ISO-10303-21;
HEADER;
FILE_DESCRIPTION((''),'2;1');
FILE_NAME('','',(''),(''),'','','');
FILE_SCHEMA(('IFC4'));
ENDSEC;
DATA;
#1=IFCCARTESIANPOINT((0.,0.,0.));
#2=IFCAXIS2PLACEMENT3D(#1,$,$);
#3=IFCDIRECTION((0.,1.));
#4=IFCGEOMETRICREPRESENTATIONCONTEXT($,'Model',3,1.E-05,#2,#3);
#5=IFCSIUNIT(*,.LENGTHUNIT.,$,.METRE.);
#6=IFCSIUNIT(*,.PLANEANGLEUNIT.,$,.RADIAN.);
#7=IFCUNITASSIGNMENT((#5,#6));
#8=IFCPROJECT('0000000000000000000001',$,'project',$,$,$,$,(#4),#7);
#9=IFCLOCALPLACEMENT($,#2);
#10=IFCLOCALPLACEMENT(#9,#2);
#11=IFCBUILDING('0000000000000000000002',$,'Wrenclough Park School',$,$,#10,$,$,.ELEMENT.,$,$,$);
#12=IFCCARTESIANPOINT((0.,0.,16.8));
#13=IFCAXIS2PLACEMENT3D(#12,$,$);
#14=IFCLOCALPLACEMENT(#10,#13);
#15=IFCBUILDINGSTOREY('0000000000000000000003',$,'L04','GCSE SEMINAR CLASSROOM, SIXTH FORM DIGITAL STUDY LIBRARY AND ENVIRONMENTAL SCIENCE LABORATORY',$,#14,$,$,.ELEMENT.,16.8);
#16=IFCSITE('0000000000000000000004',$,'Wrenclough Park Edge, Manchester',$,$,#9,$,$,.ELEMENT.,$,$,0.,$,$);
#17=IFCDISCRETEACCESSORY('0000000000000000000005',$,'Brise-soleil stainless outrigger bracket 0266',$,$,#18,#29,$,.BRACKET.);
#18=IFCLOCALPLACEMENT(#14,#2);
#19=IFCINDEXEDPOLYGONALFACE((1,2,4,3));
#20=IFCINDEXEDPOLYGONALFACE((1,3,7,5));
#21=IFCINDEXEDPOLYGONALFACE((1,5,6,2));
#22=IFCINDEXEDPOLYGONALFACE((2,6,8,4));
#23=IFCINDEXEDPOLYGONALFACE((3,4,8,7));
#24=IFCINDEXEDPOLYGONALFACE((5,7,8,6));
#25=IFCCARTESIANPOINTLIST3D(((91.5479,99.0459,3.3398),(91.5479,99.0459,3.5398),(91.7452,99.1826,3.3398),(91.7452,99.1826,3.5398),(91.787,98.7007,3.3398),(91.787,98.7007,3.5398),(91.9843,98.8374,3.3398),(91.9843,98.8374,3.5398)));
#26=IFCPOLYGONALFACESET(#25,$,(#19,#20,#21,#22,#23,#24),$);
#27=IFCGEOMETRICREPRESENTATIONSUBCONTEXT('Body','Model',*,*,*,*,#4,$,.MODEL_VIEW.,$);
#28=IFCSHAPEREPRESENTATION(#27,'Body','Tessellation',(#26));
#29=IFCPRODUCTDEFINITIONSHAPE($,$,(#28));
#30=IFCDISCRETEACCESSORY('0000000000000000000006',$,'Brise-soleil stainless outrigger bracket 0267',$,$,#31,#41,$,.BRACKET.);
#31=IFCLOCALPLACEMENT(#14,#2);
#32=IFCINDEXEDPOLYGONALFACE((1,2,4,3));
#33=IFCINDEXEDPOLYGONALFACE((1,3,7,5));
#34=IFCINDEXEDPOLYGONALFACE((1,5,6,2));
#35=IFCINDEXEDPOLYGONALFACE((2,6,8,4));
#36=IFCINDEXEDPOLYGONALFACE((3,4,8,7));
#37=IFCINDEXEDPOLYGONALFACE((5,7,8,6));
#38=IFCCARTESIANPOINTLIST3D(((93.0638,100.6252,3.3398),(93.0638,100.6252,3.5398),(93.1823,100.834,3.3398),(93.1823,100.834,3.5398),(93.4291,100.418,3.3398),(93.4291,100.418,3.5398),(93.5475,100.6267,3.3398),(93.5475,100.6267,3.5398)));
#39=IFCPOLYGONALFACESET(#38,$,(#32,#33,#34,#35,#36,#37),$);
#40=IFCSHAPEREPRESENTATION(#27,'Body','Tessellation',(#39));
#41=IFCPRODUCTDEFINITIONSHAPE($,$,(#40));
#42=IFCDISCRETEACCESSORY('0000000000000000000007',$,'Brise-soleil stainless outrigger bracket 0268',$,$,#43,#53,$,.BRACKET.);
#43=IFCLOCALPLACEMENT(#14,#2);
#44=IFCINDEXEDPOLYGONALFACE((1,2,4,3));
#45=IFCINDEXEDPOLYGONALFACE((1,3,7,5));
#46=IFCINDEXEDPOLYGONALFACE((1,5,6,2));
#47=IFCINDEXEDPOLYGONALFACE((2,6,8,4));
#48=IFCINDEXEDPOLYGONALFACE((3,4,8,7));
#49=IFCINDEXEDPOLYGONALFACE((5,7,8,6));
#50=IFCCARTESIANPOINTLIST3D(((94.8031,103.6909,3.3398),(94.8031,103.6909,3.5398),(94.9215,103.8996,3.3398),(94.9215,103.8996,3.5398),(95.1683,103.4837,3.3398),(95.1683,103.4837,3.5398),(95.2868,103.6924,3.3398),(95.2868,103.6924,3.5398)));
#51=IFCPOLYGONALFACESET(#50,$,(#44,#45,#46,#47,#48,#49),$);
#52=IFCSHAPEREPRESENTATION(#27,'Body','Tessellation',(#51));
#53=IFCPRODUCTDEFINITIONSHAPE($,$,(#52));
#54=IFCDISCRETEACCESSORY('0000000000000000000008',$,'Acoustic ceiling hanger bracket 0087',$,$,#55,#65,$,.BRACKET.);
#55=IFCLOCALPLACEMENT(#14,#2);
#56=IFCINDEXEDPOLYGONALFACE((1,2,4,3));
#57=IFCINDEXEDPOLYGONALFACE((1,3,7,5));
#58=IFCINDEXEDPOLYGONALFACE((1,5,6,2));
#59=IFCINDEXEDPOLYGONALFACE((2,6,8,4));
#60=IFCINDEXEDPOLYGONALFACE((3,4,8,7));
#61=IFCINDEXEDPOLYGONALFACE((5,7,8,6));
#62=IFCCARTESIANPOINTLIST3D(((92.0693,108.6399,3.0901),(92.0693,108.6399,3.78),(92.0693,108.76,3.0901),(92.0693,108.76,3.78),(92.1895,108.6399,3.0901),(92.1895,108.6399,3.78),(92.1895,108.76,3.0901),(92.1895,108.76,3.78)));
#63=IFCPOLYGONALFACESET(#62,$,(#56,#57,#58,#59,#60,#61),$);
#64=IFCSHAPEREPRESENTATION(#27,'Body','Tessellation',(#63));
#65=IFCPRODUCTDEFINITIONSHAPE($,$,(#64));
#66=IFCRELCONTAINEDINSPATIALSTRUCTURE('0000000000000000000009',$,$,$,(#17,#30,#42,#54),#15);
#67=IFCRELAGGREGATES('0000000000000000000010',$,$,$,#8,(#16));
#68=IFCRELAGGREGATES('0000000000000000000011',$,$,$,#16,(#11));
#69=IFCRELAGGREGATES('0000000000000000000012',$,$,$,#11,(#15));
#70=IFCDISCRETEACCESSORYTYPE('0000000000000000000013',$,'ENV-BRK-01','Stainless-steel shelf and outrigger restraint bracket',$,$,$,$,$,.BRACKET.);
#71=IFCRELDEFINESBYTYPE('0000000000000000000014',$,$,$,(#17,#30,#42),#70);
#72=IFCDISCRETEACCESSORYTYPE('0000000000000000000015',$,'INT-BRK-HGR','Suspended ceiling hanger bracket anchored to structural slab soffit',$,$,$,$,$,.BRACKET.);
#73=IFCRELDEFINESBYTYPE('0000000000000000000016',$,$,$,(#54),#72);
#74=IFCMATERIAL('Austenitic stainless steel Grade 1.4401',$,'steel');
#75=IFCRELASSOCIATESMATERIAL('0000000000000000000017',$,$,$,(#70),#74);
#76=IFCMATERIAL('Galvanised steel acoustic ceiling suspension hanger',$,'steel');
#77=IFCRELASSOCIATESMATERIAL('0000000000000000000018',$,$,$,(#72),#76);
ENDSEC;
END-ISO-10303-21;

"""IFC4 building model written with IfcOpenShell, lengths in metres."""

from ifc_helpers import new_model, si_unit, direction, frame, origin, origin_2d, place, context, subcontext, project, spatial, rectangle, extrude, material, type_object, element, save


model = new_model("IFC4")

# Units and contexts
model_context = context("Model", 3, precision=1e-05, world=origin(), true_north=direction((0.0, 1.0)))
body_context = subcontext(model_context, "Body", "Model", "MODEL_VIEW")
ifc_project = project(units=[si_unit("LENGTHUNIT", "METRE"), si_unit("PLANEANGLEUNIT", "RADIAN")], contexts=[model_context])

# Site, building, storey
site_placement = place(None, origin())
site = spatial("IfcSite", under=ifc_project, at=site_placement, Name="Wrenclough Park Edge, Manchester", CompositionType="ELEMENT", RefElevation=0.0)
building_placement = place(site_placement, origin())
building = spatial("IfcBuilding", under=site, at=building_placement, Name="Wrenclough Park School", CompositionType="ELEMENT")
storey_placement = place(building_placement, frame((0.0, 0.0, 16.8)))
storey = spatial("IfcBuildingStorey", under=building, at=storey_placement, Name="L04", Description="GCSE SEMINAR CLASSROOM, SIXTH FORM DIGITAL STUDY LIBRARY AND ENVIRONMENTAL SCIENCE LABORATORY", CompositionType="ELEMENT", Elevation=16.8)

# Discrete accessories
ifc_material_1 = material(Name="Austenitic stainless steel Grade 1.4401", Category="steel")
discrete_accessory_type_1 = type_object("IfcDiscreteAccessoryType", Name="ENV-BRK-01", Description="Stainless-steel shelf and outrigger restraint bracket", PredefinedType="BRACKET", material=ifc_material_1)
for number, where, z_axis, x_axis, name in (
    (1, (91.7661, 98.9417, 3.3398), (0.0, 0.0, 1.0), (0.822008, 0.569476, 0.0), "Brise-soleil stainless outrigger bracket 0266"),
    (2, (93.3057, 100.626, 3.3398), (0.0, 0.0, 1.0), (0.493499, 0.869747, 0.0), "Brise-soleil stainless outrigger bracket 0267"),
    (3, (95.0449, 103.6917, 3.3398), (0.0, 0.0, 1.0), (0.493499, 0.869747, 0.0), "Brise-soleil stainless outrigger bracket 0268"),
):
    element("IfcDiscreteAccessory", number, at=place(storey_placement, frame(where, z_axis=z_axis, x_axis=x_axis)), inside=storey, type_object=discrete_accessory_type_1, Name=name, PredefinedType="BRACKET", context=body_context, shape_type="SweptSolid", body=[
        extrude(rectangle(XDim=0.24, YDim=0.4199, at=origin_2d()), origin(), (0.0, 0.0, 1.0), 0.2),
    ])
ifc_material_2 = material(Name="Galvanised steel acoustic ceiling suspension hanger", Category="steel")
discrete_accessory_type_2 = type_object("IfcDiscreteAccessoryType", Name="INT-BRK-HGR", Description="Suspended ceiling hanger bracket anchored to structural slab soffit", PredefinedType="BRACKET", material=ifc_material_2)
discrete_accessory_placement = place(storey_placement, frame((92.1294, 108.7, 3.0901), z_axis=(0.0, 0.0, 1.0), x_axis=(1.0, 0.0, 0.0)))
element("IfcDiscreteAccessory", 4, at=discrete_accessory_placement, inside=storey, type_object=discrete_accessory_type_2, Name="Acoustic ceiling hanger bracket 0087", PredefinedType="BRACKET", context=body_context, shape_type="SweptSolid", body=[
    extrude(rectangle(XDim=0.1201, YDim=0.1201, at=origin_2d()), origin(), (0.0, 0.0, 1.0), 0.6899),
])

save(model, "model.ifc")
